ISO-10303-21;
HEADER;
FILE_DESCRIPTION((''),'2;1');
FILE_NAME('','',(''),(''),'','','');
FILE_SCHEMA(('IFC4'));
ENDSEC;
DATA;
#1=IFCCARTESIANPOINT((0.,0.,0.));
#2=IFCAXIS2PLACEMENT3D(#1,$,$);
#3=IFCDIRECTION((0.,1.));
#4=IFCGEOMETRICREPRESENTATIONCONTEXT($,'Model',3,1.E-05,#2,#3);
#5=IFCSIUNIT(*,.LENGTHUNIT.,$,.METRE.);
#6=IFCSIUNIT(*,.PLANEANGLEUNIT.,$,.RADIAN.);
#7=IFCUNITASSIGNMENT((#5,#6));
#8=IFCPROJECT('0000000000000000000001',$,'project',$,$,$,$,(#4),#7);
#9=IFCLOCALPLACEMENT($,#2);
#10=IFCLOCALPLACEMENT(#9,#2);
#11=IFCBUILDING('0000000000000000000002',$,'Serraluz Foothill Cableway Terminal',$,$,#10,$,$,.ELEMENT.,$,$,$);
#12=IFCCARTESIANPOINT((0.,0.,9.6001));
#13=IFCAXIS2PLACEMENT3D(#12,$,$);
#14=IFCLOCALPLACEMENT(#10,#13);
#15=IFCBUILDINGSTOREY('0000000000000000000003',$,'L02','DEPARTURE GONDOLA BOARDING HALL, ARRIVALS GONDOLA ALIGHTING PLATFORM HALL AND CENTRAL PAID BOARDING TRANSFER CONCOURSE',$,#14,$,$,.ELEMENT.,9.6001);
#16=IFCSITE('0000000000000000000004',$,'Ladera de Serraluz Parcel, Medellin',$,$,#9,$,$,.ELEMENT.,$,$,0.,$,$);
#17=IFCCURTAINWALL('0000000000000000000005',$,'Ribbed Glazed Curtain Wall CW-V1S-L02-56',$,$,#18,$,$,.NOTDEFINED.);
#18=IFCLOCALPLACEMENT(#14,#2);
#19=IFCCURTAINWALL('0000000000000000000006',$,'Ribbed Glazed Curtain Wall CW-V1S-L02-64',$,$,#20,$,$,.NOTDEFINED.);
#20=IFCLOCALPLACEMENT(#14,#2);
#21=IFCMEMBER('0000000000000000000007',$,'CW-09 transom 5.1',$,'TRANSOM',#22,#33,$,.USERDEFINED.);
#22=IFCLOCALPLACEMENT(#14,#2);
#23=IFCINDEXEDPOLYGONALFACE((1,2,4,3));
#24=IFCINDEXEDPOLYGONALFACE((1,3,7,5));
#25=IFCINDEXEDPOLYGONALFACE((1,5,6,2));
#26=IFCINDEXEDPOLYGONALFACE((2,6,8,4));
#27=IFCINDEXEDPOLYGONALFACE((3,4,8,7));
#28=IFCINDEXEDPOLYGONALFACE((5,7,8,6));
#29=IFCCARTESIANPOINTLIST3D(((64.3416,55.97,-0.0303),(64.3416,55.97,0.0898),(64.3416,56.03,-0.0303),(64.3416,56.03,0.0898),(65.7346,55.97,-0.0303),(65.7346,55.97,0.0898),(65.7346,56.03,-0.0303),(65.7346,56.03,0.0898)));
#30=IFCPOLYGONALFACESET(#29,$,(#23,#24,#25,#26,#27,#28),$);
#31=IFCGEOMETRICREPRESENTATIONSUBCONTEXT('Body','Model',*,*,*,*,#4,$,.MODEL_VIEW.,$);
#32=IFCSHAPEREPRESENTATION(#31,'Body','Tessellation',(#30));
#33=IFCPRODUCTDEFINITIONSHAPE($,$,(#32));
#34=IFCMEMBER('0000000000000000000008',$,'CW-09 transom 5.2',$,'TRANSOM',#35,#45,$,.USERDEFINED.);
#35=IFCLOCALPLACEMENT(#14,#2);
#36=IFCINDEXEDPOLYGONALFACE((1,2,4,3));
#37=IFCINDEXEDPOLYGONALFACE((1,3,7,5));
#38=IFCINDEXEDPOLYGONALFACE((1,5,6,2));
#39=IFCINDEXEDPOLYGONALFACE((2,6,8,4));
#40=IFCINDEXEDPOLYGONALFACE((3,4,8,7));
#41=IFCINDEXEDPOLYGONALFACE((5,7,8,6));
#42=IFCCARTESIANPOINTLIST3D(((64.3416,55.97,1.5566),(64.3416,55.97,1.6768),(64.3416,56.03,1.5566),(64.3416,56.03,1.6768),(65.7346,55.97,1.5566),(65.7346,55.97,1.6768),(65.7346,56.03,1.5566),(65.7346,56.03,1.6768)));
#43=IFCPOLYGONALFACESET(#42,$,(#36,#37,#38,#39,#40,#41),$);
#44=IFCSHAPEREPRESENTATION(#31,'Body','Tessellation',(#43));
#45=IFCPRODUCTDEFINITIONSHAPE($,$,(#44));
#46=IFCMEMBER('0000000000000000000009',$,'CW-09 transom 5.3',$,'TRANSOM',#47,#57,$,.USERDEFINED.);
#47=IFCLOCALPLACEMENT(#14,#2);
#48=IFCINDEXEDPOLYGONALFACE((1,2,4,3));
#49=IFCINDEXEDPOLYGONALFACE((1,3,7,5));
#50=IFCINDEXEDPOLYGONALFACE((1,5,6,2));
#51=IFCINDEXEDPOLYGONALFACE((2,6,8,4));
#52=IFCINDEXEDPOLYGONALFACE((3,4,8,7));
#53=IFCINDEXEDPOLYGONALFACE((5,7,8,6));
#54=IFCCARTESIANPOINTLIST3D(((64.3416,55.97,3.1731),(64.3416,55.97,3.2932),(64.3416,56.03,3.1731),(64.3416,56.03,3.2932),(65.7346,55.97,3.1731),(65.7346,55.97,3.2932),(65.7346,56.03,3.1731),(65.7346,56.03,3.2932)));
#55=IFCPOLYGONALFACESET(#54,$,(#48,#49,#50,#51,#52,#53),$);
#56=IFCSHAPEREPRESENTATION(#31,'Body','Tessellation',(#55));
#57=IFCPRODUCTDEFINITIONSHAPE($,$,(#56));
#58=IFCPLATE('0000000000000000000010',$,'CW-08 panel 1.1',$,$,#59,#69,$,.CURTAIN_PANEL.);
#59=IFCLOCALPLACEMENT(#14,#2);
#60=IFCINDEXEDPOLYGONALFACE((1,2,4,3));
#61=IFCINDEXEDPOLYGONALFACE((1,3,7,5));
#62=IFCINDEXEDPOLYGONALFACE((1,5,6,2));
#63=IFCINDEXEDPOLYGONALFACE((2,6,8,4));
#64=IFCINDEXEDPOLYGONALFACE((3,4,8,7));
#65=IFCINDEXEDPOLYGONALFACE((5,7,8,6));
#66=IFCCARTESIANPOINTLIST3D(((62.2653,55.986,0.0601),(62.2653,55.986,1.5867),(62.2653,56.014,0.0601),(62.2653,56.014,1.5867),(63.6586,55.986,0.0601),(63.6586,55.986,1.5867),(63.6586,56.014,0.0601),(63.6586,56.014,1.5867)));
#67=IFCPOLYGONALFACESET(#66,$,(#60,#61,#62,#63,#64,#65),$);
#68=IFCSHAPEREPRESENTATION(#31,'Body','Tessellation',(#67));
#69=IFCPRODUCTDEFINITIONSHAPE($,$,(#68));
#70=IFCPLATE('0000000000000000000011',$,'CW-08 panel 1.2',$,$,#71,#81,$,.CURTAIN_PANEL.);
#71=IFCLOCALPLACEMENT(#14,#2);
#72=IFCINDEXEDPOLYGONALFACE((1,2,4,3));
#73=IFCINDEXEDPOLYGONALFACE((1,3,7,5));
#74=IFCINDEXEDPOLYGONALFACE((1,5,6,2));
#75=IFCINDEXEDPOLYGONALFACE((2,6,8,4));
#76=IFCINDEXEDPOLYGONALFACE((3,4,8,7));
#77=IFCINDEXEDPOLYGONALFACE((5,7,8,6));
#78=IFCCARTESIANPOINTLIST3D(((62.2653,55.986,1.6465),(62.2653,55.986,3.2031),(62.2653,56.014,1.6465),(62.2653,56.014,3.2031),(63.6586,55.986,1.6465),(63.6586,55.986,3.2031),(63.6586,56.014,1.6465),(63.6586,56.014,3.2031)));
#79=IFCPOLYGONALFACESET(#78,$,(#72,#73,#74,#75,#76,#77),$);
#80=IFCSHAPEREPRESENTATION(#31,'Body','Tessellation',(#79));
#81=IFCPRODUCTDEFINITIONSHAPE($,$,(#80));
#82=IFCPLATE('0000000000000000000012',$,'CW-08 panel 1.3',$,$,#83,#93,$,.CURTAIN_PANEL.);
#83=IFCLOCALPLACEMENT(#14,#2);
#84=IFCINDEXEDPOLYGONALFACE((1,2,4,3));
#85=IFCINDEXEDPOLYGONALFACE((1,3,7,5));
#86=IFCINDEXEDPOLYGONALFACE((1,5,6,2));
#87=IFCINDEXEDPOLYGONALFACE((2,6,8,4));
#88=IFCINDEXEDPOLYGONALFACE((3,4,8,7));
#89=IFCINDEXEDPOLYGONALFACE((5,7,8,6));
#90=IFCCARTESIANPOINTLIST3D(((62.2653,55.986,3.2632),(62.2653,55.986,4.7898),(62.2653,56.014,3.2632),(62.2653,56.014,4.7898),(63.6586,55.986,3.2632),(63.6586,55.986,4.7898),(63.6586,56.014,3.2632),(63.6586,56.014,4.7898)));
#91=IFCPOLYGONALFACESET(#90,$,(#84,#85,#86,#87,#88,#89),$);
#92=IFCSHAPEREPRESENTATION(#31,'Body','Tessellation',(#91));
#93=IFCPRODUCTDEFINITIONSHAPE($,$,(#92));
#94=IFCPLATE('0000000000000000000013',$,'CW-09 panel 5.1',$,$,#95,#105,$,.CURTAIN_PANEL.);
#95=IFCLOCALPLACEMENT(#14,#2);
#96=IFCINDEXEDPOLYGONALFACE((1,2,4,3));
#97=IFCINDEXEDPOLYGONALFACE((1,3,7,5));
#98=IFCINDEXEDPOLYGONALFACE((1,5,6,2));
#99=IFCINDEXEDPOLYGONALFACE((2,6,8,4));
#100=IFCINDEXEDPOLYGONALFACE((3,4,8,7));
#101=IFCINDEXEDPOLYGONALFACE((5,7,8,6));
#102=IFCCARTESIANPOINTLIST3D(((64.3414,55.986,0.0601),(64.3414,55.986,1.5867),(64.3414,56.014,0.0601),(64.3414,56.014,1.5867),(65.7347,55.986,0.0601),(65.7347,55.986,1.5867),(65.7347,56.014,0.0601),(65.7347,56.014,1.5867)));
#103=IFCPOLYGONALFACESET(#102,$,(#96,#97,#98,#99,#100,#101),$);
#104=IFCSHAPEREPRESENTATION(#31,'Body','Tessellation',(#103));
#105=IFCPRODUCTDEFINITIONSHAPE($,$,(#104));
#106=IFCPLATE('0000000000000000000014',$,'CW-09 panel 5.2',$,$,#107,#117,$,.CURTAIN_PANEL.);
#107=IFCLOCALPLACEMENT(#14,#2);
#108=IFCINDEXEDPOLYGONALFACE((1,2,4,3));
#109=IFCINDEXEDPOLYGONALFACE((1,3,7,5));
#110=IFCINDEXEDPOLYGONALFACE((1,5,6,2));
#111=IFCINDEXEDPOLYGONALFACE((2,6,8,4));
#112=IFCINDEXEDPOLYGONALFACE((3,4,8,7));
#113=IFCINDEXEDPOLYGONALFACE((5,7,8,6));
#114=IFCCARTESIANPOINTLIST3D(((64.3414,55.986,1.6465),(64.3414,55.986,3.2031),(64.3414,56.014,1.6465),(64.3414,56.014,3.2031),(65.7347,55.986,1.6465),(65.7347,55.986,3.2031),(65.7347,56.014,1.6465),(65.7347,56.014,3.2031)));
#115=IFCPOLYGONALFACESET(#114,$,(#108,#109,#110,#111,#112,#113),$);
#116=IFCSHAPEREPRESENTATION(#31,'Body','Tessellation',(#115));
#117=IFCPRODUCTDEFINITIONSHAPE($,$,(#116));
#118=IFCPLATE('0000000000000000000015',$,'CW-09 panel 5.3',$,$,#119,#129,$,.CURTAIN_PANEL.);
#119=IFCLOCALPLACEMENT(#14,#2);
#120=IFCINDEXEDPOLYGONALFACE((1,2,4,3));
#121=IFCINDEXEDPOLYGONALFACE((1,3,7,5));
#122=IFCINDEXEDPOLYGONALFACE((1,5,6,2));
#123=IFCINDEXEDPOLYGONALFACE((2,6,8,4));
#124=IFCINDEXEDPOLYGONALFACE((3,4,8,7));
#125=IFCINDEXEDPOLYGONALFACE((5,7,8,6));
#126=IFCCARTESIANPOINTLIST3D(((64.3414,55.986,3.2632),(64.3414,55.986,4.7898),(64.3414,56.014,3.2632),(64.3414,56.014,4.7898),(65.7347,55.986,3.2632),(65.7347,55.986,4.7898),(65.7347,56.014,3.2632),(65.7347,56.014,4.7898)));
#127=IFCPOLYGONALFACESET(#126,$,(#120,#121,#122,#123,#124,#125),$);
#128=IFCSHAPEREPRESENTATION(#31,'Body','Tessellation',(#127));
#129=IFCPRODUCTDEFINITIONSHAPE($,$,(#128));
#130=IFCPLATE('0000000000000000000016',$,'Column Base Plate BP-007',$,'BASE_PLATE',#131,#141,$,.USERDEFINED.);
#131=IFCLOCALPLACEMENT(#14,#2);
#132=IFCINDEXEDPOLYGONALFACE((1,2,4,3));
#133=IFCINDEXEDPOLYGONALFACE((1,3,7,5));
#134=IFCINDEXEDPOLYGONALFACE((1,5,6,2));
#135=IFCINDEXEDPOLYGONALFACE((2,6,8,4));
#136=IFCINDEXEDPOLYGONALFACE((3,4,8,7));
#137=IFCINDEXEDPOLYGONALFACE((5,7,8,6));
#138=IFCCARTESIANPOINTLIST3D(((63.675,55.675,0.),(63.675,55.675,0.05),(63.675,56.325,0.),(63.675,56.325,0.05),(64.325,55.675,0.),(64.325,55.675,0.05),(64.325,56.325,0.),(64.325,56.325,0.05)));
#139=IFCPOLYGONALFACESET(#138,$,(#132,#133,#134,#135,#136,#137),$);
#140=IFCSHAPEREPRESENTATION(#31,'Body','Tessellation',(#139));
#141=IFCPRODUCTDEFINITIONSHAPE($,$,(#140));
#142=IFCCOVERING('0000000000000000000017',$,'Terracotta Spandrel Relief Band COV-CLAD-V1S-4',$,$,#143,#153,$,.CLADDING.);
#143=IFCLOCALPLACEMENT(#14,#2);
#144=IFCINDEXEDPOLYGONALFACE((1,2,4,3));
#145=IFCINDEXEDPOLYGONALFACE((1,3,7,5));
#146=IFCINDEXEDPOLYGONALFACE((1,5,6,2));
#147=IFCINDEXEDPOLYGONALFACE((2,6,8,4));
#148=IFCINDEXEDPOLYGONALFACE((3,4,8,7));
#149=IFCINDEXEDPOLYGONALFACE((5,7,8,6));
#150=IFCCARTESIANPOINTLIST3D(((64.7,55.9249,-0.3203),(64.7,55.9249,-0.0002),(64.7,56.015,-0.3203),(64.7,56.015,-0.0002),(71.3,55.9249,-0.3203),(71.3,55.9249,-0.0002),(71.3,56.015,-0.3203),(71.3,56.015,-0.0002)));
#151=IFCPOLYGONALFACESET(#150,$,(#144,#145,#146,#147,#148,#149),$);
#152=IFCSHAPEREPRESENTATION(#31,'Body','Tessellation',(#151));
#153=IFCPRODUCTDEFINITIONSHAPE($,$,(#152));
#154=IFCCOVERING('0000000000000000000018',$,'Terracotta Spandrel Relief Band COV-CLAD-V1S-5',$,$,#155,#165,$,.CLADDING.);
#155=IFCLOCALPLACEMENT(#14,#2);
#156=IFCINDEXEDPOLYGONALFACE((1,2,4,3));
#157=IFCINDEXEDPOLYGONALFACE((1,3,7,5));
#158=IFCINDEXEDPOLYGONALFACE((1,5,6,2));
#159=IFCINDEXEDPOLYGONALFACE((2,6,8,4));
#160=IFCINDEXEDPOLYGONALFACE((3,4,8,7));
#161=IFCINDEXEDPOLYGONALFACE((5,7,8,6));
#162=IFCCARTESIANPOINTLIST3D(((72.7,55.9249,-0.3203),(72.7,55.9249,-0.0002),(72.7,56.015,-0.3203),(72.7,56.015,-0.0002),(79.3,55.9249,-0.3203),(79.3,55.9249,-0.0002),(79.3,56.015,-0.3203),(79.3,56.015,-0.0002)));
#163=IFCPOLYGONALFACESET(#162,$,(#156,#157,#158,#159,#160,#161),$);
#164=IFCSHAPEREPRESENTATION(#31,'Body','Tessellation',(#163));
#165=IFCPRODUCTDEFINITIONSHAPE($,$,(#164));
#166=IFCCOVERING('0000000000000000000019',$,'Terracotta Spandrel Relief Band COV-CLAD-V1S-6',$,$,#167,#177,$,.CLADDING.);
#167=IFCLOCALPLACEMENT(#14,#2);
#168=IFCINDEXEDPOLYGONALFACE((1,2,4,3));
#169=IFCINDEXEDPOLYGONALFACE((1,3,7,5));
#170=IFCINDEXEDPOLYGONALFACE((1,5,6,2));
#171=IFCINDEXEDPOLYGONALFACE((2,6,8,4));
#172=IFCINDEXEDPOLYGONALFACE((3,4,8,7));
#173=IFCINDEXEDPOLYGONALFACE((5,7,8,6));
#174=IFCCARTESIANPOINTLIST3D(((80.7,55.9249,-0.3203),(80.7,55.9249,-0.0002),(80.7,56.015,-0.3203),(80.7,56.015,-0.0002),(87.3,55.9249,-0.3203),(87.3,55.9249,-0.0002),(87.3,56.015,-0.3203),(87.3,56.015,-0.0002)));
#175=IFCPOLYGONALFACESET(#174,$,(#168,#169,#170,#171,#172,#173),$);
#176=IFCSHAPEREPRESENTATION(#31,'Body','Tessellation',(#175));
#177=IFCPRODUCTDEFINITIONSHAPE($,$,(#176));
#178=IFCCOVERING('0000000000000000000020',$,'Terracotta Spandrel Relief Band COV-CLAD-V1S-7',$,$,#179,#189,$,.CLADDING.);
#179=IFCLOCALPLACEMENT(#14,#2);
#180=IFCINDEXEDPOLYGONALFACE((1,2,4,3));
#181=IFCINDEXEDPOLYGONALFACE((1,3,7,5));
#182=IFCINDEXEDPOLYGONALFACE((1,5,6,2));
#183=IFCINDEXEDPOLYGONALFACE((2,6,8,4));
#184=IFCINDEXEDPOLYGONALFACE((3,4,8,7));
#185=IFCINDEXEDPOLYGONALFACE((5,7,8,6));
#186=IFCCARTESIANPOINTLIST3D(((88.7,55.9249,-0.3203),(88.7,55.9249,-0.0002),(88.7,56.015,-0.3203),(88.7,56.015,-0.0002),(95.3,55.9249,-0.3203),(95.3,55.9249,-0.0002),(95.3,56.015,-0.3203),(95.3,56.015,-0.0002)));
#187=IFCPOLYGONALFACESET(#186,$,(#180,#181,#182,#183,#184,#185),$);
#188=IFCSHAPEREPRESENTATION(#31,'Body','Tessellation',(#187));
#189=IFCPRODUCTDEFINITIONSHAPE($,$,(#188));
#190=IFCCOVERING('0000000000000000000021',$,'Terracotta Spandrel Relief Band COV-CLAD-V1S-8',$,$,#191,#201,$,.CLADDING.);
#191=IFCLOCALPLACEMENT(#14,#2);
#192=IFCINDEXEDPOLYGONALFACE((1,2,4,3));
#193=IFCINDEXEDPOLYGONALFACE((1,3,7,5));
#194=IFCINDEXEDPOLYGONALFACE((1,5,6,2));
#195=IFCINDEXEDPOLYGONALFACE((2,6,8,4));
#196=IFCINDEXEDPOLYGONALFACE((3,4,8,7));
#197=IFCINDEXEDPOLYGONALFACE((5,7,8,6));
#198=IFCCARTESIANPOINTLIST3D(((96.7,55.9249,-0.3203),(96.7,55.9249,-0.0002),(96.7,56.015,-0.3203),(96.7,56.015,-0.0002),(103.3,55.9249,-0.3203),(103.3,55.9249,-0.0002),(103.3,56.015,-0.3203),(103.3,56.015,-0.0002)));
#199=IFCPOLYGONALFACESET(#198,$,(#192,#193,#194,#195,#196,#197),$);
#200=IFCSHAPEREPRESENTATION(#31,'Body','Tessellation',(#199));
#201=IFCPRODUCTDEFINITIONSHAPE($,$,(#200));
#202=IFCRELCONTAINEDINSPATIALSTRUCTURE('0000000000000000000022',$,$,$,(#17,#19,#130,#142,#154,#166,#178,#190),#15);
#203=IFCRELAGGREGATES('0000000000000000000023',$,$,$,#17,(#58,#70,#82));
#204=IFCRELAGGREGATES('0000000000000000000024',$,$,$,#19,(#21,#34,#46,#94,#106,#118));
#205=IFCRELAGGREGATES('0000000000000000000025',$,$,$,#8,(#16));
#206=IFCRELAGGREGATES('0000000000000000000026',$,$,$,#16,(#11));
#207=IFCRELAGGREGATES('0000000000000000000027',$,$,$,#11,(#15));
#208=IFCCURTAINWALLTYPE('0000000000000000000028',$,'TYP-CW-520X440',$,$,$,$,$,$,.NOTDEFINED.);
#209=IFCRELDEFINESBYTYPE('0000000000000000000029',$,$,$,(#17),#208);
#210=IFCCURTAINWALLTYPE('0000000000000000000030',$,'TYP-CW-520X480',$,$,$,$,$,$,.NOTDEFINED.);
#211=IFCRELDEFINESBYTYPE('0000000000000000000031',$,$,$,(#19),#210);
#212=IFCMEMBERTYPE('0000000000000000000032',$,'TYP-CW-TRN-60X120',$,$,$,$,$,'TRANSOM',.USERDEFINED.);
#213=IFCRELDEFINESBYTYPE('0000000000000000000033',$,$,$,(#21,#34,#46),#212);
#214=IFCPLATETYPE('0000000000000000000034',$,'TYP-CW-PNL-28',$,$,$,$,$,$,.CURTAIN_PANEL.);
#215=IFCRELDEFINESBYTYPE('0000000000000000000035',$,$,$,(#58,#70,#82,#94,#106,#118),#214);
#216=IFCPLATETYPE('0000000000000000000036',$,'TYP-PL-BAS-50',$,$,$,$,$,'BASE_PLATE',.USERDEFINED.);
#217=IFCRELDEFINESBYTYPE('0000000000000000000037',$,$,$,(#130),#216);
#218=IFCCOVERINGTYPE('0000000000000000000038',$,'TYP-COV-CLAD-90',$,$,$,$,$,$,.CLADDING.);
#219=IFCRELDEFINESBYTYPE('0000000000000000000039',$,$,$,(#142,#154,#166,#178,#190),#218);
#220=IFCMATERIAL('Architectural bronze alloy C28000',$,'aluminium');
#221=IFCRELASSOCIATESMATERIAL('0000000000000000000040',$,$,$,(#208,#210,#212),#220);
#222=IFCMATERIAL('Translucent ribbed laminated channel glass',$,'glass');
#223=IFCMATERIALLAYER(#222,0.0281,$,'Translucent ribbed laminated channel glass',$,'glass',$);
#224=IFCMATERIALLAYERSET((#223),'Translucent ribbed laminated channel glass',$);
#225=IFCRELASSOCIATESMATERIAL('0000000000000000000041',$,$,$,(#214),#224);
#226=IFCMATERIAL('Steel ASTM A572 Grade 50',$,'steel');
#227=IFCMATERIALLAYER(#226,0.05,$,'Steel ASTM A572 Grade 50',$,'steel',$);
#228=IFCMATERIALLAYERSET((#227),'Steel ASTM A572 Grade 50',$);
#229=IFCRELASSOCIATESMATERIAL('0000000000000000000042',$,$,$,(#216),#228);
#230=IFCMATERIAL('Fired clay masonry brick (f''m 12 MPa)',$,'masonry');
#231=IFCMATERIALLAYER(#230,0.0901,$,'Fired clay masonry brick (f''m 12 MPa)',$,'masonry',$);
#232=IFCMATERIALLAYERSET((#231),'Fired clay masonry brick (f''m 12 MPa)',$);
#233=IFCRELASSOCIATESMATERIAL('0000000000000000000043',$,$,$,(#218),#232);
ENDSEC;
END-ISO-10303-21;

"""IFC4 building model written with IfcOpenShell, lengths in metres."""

from ifc_helpers import new_model, si_unit, direction, frame, origin, origin_2d, place, context, subcontext, project, spatial, rectangle, extrude, material, layer, layer_set, material_profile, profile_set, type_object, element, aggregate, save


model = new_model("IFC4")

# Units and contexts
model_context = context("Model", 3, precision=1e-05, world=origin(), true_north=direction((0.0, 1.0)))
body_context = subcontext(model_context, "Body", "Model", "MODEL_VIEW")
ifc_project = project(units=[si_unit("LENGTHUNIT", "METRE"), si_unit("PLANEANGLEUNIT", "RADIAN")], contexts=[model_context])

# Site, building, storey
site_placement = place(None, origin())
site = spatial("IfcSite", under=ifc_project, at=site_placement, Name="Ladera de Serraluz Parcel, Medellin", CompositionType="ELEMENT", RefElevation=0.0)
building_placement = place(site_placement, origin())
building = spatial("IfcBuilding", under=site, at=building_placement, Name="Serraluz Foothill Cableway Terminal", CompositionType="ELEMENT")
storey_placement = place(building_placement, frame((0.0, 0.0, 9.6001)))
storey = spatial("IfcBuildingStorey", under=building, at=storey_placement, Name="L02", Description="DEPARTURE GONDOLA BOARDING HALL, ARRIVALS GONDOLA ALIGHTING PLATFORM HALL AND CENTRAL PAID BOARDING TRANSFER CONCOURSE", CompositionType="ELEMENT", Elevation=9.6001)

# Shared definitions
ifc_material_1 = material(Name="Fired clay masonry brick (f'm 12 MPa)", Category="masonry")

# Curtain wall
ifc_material_2 = material(Name="Architectural bronze alloy C28000", Category="aluminium")
curtain_wall_type_1 = type_object("IfcCurtainWallType", Name="TYP-CW-520X440", PredefinedType="NOTDEFINED", material=ifc_material_2)
curtain_wall_1_placement = place(storey_placement, origin())
curtain_wall_1 = element("IfcCurtainWall", 1, at=curtain_wall_1_placement, inside=storey, type_object=curtain_wall_type_1, Name="Ribbed Glazed Curtain Wall CW-V1S-L02-56", PredefinedType="NOTDEFINED")

# Curtain wall
curtain_wall_type_2 = type_object("IfcCurtainWallType", Name="TYP-CW-520X480", PredefinedType="NOTDEFINED", material=ifc_material_2)
curtain_wall_2_placement = place(storey_placement, origin())
curtain_wall_2 = element("IfcCurtainWall", 2, at=curtain_wall_2_placement, inside=storey, type_object=curtain_wall_type_2, Name="Ribbed Glazed Curtain Wall CW-V1S-L02-64", PredefinedType="NOTDEFINED")

# Members
ifc_material_profile_1 = material_profile(ifc_material_2, rectangle(XDim=0.0601, YDim=0.1201, at=origin_2d()), Name="ALU TRANSOM 60x120")
ifc_profile_set_1 = profile_set([ifc_material_profile_1], Name="Architectural bronze alloy C28000")
member_type_1 = type_object("IfcMemberType", Name="TYP-CW-TRN-60X120", ElementType="TRANSOM", PredefinedType="USERDEFINED", material=ifc_profile_set_1)
member_1_placement = place(storey_placement, frame((65.7346, 56.0, 0.0298), z_axis=(-1.0, 0.0, 0.0), x_axis=(0.0, -1.0, 0.0)))
member_1 = element("IfcMember", 3, at=member_1_placement, type_object=member_type_1, Name="CW-09 transom 5.1", ObjectType="TRANSOM", PredefinedType="USERDEFINED", context=body_context, shape_type="SweptSolid", body=[
    extrude(rectangle(XDim=0.0601, YDim=0.1201, at=origin_2d()), origin(), (0.0, 0.0, 1.0), 1.3931),
])
member_2_placement = place(storey_placement, frame((65.7346, 56.0, 1.6167), z_axis=(-1.0, 0.0, 0.0), x_axis=(0.0, -1.0, 0.0)))
member_2 = element("IfcMember", 4, at=member_2_placement, type_object=member_type_1, Name="CW-09 transom 5.2", ObjectType="TRANSOM", PredefinedType="USERDEFINED", context=body_context, shape_type="SweptSolid", body=[
    extrude(rectangle(XDim=0.0601, YDim=0.1201, at=origin_2d()), origin(), (0.0, 0.0, 1.0), 1.3931),
])
member_3_placement = place(storey_placement, frame((65.7346, 56.0, 3.2332), z_axis=(-1.0, 0.0, 0.0), x_axis=(0.0, -1.0, 0.0)))
member_3 = element("IfcMember", 5, at=member_3_placement, type_object=member_type_1, Name="CW-09 transom 5.3", ObjectType="TRANSOM", PredefinedType="USERDEFINED", context=body_context, shape_type="SweptSolid", body=[
    extrude(rectangle(XDim=0.0601, YDim=0.1201, at=origin_2d()), origin(), (0.0, 0.0, 1.0), 1.3931),
])

# Plates
ifc_material_3 = material(Name="Translucent ribbed laminated channel glass", Category="glass")
ifc_layer_1 = layer(ifc_material_3, 0.0281, Name="Translucent ribbed laminated channel glass", Category="glass")
ifc_layer_set_1 = layer_set([ifc_layer_1], Name="Translucent ribbed laminated channel glass")
plate_type_1 = type_object("IfcPlateType", Name="TYP-CW-PNL-28", PredefinedType="CURTAIN_PANEL", material=ifc_layer_set_1)
plate_1_placement = place(storey_placement, frame((62.9619, 56.0, 0.0601), z_axis=(0.0, 0.0, 1.0), x_axis=(-1.0, 0.0, 0.0)))
plate_1 = element("IfcPlate", 6, at=plate_1_placement, type_object=plate_type_1, Name="CW-08 panel 1.1", PredefinedType="CURTAIN_PANEL", context=body_context, shape_type="SweptSolid", body=[
    extrude(rectangle(XDim=1.3933, YDim=0.0281, at=origin_2d()), origin(), (0.0, 0.0, 1.0), 1.5266),
])
plate_2_placement = place(storey_placement, frame((62.9619, 56.0, 1.6465), z_axis=(0.0, 0.0, 1.0), x_axis=(-1.0, 0.0, 0.0)))
plate_2 = element("IfcPlate", 7, at=plate_2_placement, type_object=plate_type_1, Name="CW-08 panel 1.2", PredefinedType="CURTAIN_PANEL", context=body_context, shape_type="SweptSolid", body=[
    extrude(rectangle(XDim=1.3933, YDim=0.0281, at=origin_2d()), origin(), (0.0, 0.0, 1.0), 1.5566),
])
plate_3_placement = place(storey_placement, frame((62.9619, 56.0, 3.2632), z_axis=(0.0, 0.0, 1.0), x_axis=(-1.0, 0.0, 0.0)))
plate_3 = element("IfcPlate", 8, at=plate_3_placement, type_object=plate_type_1, Name="CW-08 panel 1.3", PredefinedType="CURTAIN_PANEL", context=body_context, shape_type="SweptSolid", body=[
    extrude(rectangle(XDim=1.3933, YDim=0.0281, at=origin_2d()), origin(), (0.0, 0.0, 1.0), 1.5266),
])
aggregate(curtain_wall_1, [plate_1, plate_2, plate_3])
plate_4_placement = place(storey_placement, frame((65.0381, 56.0, 0.0601), z_axis=(0.0, 0.0, 1.0), x_axis=(-1.0, 0.0, 0.0)))
plate_4 = element("IfcPlate", 9, at=plate_4_placement, type_object=plate_type_1, Name="CW-09 panel 5.1", PredefinedType="CURTAIN_PANEL", context=body_context, shape_type="SweptSolid", body=[
    extrude(rectangle(XDim=1.3933, YDim=0.0281, at=origin_2d()), origin(), (0.0, 0.0, 1.0), 1.5266),
])
plate_5_placement = place(storey_placement, frame((65.0381, 56.0, 1.6465), z_axis=(0.0, 0.0, 1.0), x_axis=(-1.0, 0.0, 0.0)))
plate_5 = element("IfcPlate", 10, at=plate_5_placement, type_object=plate_type_1, Name="CW-09 panel 5.2", PredefinedType="CURTAIN_PANEL", context=body_context, shape_type="SweptSolid", body=[
    extrude(rectangle(XDim=1.3933, YDim=0.0281, at=origin_2d()), origin(), (0.0, 0.0, 1.0), 1.5566),
])
plate_6_placement = place(storey_placement, frame((65.0381, 56.0, 3.2632), z_axis=(0.0, 0.0, 1.0), x_axis=(-1.0, 0.0, 0.0)))
plate_6 = element("IfcPlate", 11, at=plate_6_placement, type_object=plate_type_1, Name="CW-09 panel 5.3", PredefinedType="CURTAIN_PANEL", context=body_context, shape_type="SweptSolid", body=[
    extrude(rectangle(XDim=1.3933, YDim=0.0281, at=origin_2d()), origin(), (0.0, 0.0, 1.0), 1.5266),
])
aggregate(curtain_wall_2, [member_1, member_2, member_3, plate_4, plate_5, plate_6])
ifc_material_4 = material(Name="Steel ASTM A572 Grade 50", Category="steel")
ifc_layer_2 = layer(ifc_material_4, 0.05, Name="Steel ASTM A572 Grade 50", Category="steel")
ifc_layer_set_2 = layer_set([ifc_layer_2], Name="Steel ASTM A572 Grade 50")
plate_type_2 = type_object("IfcPlateType", Name="TYP-PL-BAS-50", ElementType="BASE_PLATE", PredefinedType="USERDEFINED", material=ifc_layer_set_2)
plate_7_placement = place(storey_placement, frame((64.0, 56.0, 0.0), z_axis=(0.0, 0.0, 1.0), x_axis=(1.0, 0.0, 0.0)))
element("IfcPlate", 12, at=plate_7_placement, inside=storey, type_object=plate_type_2, Name="Column Base Plate BP-007", ObjectType="BASE_PLATE", PredefinedType="USERDEFINED", context=body_context, shape_type="SweptSolid", body=[
    extrude(rectangle(XDim=0.6499, YDim=0.6499, at=origin_2d()), origin(), (0.0, 0.0, 1.0), 0.05),
])

# Coverings
ifc_layer_3 = layer(ifc_material_1, 0.0901, Name="Fired clay masonry brick (f'm 12 MPa)", Category="masonry")
ifc_layer_set_3 = layer_set([ifc_layer_3], Name="Fired clay masonry brick (f'm 12 MPa)")
covering_type = type_object("IfcCoveringType", Name="TYP-COV-CLAD-90", PredefinedType="CLADDING", material=ifc_layer_set_3)
for number, where, z_axis, x_axis, name in (
    (13, (68.0, 55.97, -0.3203), (0.0, 0.0, 1.0), (1.0, 0.0, 0.0), "Terracotta Spandrel Relief Band COV-CLAD-V1S-4"),
    (14, (76.0, 55.97, -0.3203), (0.0, 0.0, 1.0), (1.0, 0.0, 0.0), "Terracotta Spandrel Relief Band COV-CLAD-V1S-5"),
    (15, (84.0, 55.97, -0.3203), (0.0, 0.0, 1.0), (1.0, 0.0, 0.0), "Terracotta Spandrel Relief Band COV-CLAD-V1S-6"),
    (16, (92.0, 55.97, -0.3203), (0.0, 0.0, 1.0), (1.0, 0.0, 0.0), "Terracotta Spandrel Relief Band COV-CLAD-V1S-7"),
    (17, (100.0, 55.97, -0.3203), (0.0, 0.0, 1.0), (1.0, 0.0, 0.0), "Terracotta Spandrel Relief Band COV-CLAD-V1S-8"),
):
    element("IfcCovering", number, at=place(storey_placement, frame(where, z_axis=z_axis, x_axis=x_axis)), inside=storey, type_object=covering_type, Name=name, PredefinedType="CLADDING", context=body_context, shape_type="SweptSolid", body=[
        extrude(rectangle(XDim=6.6001, YDim=0.0901, at=origin_2d()), origin(), (0.0, 0.0, 1.0), 0.3201),
    ])

save(model, "model.ifc")
